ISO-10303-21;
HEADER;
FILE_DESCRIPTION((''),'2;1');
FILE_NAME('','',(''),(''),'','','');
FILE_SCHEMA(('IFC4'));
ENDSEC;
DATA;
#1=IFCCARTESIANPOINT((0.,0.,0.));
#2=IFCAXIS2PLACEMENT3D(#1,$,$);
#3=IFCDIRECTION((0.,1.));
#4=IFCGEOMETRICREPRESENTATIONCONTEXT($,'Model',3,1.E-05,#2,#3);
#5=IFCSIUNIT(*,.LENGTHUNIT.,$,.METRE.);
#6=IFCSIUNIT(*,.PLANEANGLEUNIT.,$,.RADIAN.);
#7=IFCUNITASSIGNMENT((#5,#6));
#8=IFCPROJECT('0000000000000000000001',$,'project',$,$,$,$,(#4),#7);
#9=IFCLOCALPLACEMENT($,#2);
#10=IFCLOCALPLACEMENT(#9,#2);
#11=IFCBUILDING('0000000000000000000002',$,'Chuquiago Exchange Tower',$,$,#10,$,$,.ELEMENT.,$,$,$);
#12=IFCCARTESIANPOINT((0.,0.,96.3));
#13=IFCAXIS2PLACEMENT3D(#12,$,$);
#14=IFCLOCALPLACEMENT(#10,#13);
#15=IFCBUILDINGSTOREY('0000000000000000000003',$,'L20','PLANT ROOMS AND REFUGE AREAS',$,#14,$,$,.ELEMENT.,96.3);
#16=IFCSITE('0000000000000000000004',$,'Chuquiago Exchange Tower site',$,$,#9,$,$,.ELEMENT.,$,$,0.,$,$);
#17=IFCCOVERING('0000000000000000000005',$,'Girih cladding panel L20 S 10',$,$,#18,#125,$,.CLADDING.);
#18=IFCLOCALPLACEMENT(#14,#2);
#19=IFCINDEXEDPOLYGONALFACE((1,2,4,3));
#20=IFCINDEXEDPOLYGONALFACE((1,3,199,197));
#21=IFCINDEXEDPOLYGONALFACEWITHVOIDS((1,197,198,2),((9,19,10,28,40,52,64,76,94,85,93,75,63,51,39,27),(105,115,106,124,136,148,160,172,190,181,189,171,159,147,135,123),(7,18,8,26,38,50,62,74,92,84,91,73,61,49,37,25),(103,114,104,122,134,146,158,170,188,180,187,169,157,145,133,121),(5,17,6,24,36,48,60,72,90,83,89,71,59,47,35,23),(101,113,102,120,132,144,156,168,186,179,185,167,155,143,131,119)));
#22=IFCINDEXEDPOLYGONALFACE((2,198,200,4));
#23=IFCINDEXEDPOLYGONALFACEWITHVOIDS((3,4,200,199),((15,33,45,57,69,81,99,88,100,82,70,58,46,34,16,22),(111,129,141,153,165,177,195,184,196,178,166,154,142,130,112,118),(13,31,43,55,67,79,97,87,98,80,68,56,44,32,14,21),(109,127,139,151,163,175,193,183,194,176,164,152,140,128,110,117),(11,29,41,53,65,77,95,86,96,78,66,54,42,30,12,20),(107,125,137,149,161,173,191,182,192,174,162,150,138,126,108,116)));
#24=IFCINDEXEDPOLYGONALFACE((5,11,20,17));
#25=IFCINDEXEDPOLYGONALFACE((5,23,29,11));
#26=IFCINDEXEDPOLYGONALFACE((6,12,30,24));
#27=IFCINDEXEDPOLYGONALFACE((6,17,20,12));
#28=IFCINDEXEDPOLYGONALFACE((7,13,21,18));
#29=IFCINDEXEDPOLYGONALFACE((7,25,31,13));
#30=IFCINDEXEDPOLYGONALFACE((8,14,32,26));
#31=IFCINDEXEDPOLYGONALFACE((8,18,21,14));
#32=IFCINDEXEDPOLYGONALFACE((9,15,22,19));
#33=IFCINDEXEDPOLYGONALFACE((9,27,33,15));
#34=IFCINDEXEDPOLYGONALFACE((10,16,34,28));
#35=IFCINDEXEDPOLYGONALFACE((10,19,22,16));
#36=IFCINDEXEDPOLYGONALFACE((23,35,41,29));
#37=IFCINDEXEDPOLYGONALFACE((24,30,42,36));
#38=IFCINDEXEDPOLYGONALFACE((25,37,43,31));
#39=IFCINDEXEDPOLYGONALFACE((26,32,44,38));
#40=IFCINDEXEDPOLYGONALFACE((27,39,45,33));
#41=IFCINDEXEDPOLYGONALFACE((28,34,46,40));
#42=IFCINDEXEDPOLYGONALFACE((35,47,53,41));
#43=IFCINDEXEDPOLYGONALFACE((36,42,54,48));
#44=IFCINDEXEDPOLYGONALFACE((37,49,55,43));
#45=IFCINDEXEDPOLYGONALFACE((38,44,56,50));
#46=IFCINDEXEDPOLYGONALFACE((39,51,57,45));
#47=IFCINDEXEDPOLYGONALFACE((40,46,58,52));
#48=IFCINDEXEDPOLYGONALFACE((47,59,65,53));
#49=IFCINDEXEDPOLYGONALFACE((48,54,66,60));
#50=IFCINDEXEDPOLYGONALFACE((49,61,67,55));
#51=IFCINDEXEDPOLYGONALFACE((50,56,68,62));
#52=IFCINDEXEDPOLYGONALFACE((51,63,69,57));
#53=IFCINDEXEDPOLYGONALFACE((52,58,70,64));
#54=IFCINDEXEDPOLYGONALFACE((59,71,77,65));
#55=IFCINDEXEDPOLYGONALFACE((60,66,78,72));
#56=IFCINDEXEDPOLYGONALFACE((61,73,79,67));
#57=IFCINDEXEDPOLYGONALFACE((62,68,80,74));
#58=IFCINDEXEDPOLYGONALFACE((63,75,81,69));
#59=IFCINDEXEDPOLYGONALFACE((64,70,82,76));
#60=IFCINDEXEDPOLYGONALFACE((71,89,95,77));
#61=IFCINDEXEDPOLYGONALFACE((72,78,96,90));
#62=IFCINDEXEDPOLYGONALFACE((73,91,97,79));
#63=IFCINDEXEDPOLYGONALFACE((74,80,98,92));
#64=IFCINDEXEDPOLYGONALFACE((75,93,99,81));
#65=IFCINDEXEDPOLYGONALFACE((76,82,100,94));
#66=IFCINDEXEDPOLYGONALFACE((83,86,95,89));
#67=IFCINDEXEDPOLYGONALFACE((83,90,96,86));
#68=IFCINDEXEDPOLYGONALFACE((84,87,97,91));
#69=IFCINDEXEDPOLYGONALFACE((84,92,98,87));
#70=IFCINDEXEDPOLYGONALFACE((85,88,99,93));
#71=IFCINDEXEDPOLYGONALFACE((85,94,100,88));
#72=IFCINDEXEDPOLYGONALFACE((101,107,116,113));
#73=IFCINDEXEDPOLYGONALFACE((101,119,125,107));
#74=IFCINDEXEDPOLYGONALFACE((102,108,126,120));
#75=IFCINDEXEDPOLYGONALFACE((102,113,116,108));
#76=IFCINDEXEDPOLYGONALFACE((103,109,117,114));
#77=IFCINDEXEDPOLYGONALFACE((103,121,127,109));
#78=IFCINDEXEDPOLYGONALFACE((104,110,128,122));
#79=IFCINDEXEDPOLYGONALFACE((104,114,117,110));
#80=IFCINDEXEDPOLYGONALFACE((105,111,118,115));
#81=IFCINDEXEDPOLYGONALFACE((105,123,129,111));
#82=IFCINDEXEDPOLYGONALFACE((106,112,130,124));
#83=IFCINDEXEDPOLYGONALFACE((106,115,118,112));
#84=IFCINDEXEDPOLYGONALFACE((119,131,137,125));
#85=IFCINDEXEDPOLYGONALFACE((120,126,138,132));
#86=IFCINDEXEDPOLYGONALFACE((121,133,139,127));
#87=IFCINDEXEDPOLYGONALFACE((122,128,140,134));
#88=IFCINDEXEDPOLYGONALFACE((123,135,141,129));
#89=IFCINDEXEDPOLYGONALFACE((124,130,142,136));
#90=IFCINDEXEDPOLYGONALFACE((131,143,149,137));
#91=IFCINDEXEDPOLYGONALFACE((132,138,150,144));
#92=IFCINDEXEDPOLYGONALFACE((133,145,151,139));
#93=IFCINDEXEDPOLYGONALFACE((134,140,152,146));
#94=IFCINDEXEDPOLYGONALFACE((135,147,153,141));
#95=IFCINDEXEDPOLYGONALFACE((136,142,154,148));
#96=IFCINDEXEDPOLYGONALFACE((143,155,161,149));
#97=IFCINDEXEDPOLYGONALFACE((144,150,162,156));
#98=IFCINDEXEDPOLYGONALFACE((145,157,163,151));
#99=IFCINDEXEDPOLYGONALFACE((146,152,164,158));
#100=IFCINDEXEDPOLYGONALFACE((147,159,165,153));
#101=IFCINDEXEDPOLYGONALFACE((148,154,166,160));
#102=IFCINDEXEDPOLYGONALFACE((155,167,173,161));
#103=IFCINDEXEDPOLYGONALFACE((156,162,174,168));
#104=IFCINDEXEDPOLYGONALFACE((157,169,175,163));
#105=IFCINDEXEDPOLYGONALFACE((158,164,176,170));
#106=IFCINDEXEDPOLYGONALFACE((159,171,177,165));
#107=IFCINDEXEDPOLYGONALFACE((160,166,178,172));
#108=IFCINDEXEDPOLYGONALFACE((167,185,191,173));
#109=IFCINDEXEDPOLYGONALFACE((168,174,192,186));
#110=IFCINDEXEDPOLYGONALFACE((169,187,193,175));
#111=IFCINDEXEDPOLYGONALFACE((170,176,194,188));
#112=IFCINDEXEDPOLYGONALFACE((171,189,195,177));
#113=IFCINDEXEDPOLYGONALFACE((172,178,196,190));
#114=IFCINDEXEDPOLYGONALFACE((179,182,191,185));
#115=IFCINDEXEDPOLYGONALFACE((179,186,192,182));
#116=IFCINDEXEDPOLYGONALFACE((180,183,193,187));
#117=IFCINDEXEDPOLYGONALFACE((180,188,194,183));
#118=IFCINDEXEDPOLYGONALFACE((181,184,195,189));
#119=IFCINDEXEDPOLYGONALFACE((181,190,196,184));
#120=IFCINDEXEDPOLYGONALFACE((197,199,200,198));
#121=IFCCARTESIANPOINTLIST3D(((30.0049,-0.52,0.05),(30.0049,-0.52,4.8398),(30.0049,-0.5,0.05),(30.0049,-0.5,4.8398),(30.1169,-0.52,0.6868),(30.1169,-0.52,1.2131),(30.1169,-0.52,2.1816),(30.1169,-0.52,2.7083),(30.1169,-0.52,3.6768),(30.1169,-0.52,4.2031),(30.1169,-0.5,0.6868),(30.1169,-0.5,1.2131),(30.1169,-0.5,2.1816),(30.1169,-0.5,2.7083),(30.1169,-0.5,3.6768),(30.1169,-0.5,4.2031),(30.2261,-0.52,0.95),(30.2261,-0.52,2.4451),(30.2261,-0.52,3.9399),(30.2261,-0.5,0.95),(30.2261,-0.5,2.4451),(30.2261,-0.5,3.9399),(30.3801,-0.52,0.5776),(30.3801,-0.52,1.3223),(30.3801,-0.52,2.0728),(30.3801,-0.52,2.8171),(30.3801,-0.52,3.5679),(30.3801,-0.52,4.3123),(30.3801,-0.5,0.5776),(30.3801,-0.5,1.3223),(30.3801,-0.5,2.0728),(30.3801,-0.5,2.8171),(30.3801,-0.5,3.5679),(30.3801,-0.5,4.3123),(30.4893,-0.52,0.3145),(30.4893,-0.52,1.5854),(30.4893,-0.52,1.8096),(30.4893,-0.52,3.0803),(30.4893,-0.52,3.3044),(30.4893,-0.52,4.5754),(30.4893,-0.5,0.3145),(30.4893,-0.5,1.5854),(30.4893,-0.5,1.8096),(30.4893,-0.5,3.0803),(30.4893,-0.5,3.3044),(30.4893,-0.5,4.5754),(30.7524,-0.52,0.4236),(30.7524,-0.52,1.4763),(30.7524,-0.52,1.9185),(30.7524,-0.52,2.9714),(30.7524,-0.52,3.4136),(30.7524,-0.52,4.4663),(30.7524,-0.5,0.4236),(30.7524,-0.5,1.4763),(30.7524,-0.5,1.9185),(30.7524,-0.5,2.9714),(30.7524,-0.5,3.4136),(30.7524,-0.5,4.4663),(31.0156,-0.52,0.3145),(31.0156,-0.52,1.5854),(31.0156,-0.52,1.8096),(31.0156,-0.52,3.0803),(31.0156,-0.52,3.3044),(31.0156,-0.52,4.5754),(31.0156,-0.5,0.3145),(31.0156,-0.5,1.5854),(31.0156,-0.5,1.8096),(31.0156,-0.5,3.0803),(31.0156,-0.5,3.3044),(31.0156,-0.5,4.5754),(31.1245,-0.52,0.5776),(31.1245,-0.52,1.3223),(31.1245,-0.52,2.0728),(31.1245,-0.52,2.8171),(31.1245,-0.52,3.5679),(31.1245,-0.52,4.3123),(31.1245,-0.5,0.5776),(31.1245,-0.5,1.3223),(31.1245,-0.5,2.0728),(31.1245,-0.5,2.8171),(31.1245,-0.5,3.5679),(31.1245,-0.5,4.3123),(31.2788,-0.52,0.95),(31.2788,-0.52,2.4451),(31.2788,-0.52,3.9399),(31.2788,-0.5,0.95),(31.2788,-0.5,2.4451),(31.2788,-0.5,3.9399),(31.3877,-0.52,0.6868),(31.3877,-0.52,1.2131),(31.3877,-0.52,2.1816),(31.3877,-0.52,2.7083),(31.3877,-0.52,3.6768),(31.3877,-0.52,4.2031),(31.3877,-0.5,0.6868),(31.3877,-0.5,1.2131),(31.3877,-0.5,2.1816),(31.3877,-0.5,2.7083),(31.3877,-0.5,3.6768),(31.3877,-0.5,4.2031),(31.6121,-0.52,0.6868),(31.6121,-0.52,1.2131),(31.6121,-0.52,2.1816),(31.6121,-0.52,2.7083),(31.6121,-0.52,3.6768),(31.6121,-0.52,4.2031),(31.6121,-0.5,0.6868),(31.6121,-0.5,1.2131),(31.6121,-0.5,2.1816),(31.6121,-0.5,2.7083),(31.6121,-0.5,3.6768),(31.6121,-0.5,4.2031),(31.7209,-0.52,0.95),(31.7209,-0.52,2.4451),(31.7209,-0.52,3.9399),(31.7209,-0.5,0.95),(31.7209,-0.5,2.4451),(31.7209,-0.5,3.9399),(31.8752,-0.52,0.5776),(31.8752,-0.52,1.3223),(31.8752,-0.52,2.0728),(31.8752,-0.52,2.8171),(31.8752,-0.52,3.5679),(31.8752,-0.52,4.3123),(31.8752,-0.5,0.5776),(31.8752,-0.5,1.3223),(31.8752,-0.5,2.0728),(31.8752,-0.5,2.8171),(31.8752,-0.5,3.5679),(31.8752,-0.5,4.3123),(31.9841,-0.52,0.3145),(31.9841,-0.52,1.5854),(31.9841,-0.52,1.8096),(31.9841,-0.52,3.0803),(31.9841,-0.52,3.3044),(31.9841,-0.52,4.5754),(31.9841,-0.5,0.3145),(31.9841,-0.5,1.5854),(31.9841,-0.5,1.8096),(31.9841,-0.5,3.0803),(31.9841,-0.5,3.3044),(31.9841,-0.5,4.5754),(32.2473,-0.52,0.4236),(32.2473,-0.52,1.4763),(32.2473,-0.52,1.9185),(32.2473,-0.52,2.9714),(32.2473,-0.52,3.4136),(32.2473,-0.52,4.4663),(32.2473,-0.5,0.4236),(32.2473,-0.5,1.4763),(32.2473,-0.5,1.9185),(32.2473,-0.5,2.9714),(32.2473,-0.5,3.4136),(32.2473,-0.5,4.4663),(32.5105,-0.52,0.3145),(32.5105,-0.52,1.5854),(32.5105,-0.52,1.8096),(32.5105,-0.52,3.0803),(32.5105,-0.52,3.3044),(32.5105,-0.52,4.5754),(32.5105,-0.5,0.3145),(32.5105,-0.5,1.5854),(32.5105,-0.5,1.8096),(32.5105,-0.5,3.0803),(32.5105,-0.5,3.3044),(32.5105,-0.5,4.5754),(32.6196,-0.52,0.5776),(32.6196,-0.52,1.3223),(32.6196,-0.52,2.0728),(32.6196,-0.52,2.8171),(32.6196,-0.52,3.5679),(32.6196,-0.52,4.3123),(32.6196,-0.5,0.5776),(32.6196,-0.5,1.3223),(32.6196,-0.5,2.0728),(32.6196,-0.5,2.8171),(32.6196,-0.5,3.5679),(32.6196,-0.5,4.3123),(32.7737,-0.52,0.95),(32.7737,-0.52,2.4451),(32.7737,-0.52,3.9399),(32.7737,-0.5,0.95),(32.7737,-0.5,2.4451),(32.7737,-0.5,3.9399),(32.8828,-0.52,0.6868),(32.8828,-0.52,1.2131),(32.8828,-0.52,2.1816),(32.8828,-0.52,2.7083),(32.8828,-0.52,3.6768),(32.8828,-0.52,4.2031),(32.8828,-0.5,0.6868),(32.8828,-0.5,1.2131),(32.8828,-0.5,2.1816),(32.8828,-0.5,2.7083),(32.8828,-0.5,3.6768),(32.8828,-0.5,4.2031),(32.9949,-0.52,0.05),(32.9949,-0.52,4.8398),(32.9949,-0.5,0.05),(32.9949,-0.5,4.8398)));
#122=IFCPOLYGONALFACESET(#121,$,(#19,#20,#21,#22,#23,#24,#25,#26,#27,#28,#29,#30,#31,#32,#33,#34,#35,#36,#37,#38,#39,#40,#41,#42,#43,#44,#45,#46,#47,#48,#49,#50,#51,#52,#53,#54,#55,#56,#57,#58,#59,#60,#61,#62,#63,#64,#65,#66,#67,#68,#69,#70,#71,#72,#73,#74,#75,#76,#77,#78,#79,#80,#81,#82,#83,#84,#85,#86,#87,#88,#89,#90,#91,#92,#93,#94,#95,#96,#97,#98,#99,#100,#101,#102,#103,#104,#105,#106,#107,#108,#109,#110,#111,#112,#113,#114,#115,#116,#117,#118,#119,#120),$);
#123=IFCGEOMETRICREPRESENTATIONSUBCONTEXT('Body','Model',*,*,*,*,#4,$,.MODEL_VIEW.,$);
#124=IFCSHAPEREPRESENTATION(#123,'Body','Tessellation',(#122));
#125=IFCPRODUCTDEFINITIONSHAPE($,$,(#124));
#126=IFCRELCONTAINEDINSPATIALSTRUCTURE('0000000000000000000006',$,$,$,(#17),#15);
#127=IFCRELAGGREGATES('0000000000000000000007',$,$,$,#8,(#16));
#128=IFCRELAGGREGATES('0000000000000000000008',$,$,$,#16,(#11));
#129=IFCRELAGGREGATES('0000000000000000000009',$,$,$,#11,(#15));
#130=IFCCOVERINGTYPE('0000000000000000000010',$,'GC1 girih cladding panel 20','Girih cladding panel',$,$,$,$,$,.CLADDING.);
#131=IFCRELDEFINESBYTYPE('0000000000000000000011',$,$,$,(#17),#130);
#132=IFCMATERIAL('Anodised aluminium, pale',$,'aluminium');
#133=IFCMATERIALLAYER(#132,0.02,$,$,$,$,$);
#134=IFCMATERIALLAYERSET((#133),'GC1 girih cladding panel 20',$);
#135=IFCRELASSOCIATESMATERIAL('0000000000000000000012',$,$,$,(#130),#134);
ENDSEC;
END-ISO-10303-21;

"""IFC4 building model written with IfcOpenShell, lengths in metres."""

from ifc_helpers import new_model, si_unit, direction, frame, origin, place, context, subcontext, project, spatial, polyline, outline, extrude, material, layer, layer_set, type_object, element, save


model = new_model("IFC4")

# Units and contexts
model_context = context("Model", 3, precision=1e-05, world=origin(), true_north=direction((0.0, 1.0)))
body_context = subcontext(model_context, "Body", "Model", "MODEL_VIEW")
ifc_project = project(units=[si_unit("LENGTHUNIT", "METRE"), si_unit("PLANEANGLEUNIT", "RADIAN")], contexts=[model_context])

# Site, building, storey
site_placement = place(None, origin())
site = spatial("IfcSite", under=ifc_project, at=site_placement, Name="Chuquiago Exchange Tower site", CompositionType="ELEMENT", RefElevation=0.0)
building_placement = place(site_placement, origin())
building = spatial("IfcBuilding", under=site, at=building_placement, Name="Chuquiago Exchange Tower", CompositionType="ELEMENT")
storey_placement = place(building_placement, frame((0.0, 0.0, 96.3)))
storey = spatial("IfcBuildingStorey", under=building, at=storey_placement, Name="L20", Description="PLANT ROOMS AND REFUGE AREAS", CompositionType="ELEMENT", Elevation=96.3)

# Covering
ifc_material_1 = material(Name="Anodised aluminium, pale", Category="aluminium")
ifc_layer_1 = layer(ifc_material_1, 0.02)
ifc_layer_set_1 = layer_set([ifc_layer_1], Name="GC1 girih cladding panel 20")
covering_type = type_object("IfcCoveringType", Name="GC1 girih cladding panel 20", Description="Girih cladding panel", PredefinedType="CLADDING", material=ifc_layer_set_1)
covering_1_placement = place(storey_placement, frame((30.0049, -0.5, 0.05), z_axis=(0.0, 0.0, 1.0), x_axis=(1.0, 0.0, 0.0)))
element("IfcCovering", 1, at=covering_1_placement, inside=storey, type_object=covering_type, Name="Girih cladding panel L20 S 10", PredefinedType="CLADDING", context=body_context, shape_type="SweptSolid", body=[
    extrude(outline(polyline([(0.0, 0.0), (2.99, 0.0), (2.99, 4.7898), (0.0, 4.7898), (0.0, 0.0)]), holes=[polyline([(1.2739, 0.8999), (1.3828, 1.1631), (1.1196, 1.2722), (1.0107, 1.5354), (0.7476, 1.4263), (0.4844, 1.5354), (0.3752, 1.2722), (0.1121, 1.1631), (0.2212, 0.8999), (0.1121, 0.6367), (0.3752, 0.5276), (0.4844, 0.2644), (0.7476, 0.3735), (1.0107, 0.2644), (1.1196, 0.5276), (1.3828, 0.6367), (1.2739, 0.8999)]), polyline([(2.7688, 0.8999), (2.8779, 1.1631), (2.6147, 1.2722), (2.5056, 1.5354), (2.2424, 1.4263), (1.9792, 1.5354), (1.8704, 1.2722), (1.6072, 1.1631), (1.7161, 0.8999), (1.6072, 0.6367), (1.8704, 0.5276), (1.9792, 0.2644), (2.2424, 0.3735), (2.5056, 0.2644), (2.6147, 0.5276), (2.8779, 0.6367), (2.7688, 0.8999)]), polyline([(1.2739, 2.395), (1.3828, 2.6582), (1.1196, 2.7671), (1.0107, 3.0303), (0.7476, 2.9214), (0.4844, 3.0303), (0.3752, 2.7671), (0.1121, 2.6582), (0.2212, 2.395), (0.1121, 2.1316), (0.3752, 2.0227), (0.4844, 1.7595), (0.7476, 1.8684), (1.0107, 1.7595), (1.1196, 2.0227), (1.3828, 2.1316), (1.2739, 2.395)]), polyline([(2.7688, 2.395), (2.8779, 2.6582), (2.6147, 2.7671), (2.5056, 3.0303), (2.2424, 2.9214), (1.9792, 3.0303), (1.8704, 2.7671), (1.6072, 2.6582), (1.7161, 2.395), (1.6072, 2.1316), (1.8704, 2.0227), (1.9792, 1.7595), (2.2424, 1.8684), (2.5056, 1.7595), (2.6147, 2.0227), (2.8779, 2.1316), (2.7688, 2.395)]), polyline([(1.2739, 3.8899), (1.3828, 4.1531), (1.1196, 4.2622), (1.0107, 4.5254), (0.7476, 4.4163), (0.4844, 4.5254), (0.3752, 4.2622), (0.1121, 4.1531), (0.2212, 3.8899), (0.1121, 3.6267), (0.3752, 3.5178), (0.4844, 3.2544), (0.7476, 3.3635), (1.0107, 3.2544), (1.1196, 3.5178), (1.3828, 3.6267), (1.2739, 3.8899)]), polyline([(2.7688, 3.8899), (2.8779, 4.1531), (2.6147, 4.2622), (2.5056, 4.5254), (2.2424, 4.4163), (1.9792, 4.5254), (1.8704, 4.2622), (1.6072, 4.1531), (1.7161, 3.8899), (1.6072, 3.6267), (1.8704, 3.5178), (1.9792, 3.2544), (2.2424, 3.3635), (2.5056, 3.2544), (2.6147, 3.5178), (2.8779, 3.6267), (2.7688, 3.8899)])]), frame((0.0, 0.0, 0.0), z_axis=(0.0, -1.0, 0.0), x_axis=(1.0, 0.0, 0.0)), (0.0, 0.0, 1.0), 0.02),
])

save(model, "model.ifc")
